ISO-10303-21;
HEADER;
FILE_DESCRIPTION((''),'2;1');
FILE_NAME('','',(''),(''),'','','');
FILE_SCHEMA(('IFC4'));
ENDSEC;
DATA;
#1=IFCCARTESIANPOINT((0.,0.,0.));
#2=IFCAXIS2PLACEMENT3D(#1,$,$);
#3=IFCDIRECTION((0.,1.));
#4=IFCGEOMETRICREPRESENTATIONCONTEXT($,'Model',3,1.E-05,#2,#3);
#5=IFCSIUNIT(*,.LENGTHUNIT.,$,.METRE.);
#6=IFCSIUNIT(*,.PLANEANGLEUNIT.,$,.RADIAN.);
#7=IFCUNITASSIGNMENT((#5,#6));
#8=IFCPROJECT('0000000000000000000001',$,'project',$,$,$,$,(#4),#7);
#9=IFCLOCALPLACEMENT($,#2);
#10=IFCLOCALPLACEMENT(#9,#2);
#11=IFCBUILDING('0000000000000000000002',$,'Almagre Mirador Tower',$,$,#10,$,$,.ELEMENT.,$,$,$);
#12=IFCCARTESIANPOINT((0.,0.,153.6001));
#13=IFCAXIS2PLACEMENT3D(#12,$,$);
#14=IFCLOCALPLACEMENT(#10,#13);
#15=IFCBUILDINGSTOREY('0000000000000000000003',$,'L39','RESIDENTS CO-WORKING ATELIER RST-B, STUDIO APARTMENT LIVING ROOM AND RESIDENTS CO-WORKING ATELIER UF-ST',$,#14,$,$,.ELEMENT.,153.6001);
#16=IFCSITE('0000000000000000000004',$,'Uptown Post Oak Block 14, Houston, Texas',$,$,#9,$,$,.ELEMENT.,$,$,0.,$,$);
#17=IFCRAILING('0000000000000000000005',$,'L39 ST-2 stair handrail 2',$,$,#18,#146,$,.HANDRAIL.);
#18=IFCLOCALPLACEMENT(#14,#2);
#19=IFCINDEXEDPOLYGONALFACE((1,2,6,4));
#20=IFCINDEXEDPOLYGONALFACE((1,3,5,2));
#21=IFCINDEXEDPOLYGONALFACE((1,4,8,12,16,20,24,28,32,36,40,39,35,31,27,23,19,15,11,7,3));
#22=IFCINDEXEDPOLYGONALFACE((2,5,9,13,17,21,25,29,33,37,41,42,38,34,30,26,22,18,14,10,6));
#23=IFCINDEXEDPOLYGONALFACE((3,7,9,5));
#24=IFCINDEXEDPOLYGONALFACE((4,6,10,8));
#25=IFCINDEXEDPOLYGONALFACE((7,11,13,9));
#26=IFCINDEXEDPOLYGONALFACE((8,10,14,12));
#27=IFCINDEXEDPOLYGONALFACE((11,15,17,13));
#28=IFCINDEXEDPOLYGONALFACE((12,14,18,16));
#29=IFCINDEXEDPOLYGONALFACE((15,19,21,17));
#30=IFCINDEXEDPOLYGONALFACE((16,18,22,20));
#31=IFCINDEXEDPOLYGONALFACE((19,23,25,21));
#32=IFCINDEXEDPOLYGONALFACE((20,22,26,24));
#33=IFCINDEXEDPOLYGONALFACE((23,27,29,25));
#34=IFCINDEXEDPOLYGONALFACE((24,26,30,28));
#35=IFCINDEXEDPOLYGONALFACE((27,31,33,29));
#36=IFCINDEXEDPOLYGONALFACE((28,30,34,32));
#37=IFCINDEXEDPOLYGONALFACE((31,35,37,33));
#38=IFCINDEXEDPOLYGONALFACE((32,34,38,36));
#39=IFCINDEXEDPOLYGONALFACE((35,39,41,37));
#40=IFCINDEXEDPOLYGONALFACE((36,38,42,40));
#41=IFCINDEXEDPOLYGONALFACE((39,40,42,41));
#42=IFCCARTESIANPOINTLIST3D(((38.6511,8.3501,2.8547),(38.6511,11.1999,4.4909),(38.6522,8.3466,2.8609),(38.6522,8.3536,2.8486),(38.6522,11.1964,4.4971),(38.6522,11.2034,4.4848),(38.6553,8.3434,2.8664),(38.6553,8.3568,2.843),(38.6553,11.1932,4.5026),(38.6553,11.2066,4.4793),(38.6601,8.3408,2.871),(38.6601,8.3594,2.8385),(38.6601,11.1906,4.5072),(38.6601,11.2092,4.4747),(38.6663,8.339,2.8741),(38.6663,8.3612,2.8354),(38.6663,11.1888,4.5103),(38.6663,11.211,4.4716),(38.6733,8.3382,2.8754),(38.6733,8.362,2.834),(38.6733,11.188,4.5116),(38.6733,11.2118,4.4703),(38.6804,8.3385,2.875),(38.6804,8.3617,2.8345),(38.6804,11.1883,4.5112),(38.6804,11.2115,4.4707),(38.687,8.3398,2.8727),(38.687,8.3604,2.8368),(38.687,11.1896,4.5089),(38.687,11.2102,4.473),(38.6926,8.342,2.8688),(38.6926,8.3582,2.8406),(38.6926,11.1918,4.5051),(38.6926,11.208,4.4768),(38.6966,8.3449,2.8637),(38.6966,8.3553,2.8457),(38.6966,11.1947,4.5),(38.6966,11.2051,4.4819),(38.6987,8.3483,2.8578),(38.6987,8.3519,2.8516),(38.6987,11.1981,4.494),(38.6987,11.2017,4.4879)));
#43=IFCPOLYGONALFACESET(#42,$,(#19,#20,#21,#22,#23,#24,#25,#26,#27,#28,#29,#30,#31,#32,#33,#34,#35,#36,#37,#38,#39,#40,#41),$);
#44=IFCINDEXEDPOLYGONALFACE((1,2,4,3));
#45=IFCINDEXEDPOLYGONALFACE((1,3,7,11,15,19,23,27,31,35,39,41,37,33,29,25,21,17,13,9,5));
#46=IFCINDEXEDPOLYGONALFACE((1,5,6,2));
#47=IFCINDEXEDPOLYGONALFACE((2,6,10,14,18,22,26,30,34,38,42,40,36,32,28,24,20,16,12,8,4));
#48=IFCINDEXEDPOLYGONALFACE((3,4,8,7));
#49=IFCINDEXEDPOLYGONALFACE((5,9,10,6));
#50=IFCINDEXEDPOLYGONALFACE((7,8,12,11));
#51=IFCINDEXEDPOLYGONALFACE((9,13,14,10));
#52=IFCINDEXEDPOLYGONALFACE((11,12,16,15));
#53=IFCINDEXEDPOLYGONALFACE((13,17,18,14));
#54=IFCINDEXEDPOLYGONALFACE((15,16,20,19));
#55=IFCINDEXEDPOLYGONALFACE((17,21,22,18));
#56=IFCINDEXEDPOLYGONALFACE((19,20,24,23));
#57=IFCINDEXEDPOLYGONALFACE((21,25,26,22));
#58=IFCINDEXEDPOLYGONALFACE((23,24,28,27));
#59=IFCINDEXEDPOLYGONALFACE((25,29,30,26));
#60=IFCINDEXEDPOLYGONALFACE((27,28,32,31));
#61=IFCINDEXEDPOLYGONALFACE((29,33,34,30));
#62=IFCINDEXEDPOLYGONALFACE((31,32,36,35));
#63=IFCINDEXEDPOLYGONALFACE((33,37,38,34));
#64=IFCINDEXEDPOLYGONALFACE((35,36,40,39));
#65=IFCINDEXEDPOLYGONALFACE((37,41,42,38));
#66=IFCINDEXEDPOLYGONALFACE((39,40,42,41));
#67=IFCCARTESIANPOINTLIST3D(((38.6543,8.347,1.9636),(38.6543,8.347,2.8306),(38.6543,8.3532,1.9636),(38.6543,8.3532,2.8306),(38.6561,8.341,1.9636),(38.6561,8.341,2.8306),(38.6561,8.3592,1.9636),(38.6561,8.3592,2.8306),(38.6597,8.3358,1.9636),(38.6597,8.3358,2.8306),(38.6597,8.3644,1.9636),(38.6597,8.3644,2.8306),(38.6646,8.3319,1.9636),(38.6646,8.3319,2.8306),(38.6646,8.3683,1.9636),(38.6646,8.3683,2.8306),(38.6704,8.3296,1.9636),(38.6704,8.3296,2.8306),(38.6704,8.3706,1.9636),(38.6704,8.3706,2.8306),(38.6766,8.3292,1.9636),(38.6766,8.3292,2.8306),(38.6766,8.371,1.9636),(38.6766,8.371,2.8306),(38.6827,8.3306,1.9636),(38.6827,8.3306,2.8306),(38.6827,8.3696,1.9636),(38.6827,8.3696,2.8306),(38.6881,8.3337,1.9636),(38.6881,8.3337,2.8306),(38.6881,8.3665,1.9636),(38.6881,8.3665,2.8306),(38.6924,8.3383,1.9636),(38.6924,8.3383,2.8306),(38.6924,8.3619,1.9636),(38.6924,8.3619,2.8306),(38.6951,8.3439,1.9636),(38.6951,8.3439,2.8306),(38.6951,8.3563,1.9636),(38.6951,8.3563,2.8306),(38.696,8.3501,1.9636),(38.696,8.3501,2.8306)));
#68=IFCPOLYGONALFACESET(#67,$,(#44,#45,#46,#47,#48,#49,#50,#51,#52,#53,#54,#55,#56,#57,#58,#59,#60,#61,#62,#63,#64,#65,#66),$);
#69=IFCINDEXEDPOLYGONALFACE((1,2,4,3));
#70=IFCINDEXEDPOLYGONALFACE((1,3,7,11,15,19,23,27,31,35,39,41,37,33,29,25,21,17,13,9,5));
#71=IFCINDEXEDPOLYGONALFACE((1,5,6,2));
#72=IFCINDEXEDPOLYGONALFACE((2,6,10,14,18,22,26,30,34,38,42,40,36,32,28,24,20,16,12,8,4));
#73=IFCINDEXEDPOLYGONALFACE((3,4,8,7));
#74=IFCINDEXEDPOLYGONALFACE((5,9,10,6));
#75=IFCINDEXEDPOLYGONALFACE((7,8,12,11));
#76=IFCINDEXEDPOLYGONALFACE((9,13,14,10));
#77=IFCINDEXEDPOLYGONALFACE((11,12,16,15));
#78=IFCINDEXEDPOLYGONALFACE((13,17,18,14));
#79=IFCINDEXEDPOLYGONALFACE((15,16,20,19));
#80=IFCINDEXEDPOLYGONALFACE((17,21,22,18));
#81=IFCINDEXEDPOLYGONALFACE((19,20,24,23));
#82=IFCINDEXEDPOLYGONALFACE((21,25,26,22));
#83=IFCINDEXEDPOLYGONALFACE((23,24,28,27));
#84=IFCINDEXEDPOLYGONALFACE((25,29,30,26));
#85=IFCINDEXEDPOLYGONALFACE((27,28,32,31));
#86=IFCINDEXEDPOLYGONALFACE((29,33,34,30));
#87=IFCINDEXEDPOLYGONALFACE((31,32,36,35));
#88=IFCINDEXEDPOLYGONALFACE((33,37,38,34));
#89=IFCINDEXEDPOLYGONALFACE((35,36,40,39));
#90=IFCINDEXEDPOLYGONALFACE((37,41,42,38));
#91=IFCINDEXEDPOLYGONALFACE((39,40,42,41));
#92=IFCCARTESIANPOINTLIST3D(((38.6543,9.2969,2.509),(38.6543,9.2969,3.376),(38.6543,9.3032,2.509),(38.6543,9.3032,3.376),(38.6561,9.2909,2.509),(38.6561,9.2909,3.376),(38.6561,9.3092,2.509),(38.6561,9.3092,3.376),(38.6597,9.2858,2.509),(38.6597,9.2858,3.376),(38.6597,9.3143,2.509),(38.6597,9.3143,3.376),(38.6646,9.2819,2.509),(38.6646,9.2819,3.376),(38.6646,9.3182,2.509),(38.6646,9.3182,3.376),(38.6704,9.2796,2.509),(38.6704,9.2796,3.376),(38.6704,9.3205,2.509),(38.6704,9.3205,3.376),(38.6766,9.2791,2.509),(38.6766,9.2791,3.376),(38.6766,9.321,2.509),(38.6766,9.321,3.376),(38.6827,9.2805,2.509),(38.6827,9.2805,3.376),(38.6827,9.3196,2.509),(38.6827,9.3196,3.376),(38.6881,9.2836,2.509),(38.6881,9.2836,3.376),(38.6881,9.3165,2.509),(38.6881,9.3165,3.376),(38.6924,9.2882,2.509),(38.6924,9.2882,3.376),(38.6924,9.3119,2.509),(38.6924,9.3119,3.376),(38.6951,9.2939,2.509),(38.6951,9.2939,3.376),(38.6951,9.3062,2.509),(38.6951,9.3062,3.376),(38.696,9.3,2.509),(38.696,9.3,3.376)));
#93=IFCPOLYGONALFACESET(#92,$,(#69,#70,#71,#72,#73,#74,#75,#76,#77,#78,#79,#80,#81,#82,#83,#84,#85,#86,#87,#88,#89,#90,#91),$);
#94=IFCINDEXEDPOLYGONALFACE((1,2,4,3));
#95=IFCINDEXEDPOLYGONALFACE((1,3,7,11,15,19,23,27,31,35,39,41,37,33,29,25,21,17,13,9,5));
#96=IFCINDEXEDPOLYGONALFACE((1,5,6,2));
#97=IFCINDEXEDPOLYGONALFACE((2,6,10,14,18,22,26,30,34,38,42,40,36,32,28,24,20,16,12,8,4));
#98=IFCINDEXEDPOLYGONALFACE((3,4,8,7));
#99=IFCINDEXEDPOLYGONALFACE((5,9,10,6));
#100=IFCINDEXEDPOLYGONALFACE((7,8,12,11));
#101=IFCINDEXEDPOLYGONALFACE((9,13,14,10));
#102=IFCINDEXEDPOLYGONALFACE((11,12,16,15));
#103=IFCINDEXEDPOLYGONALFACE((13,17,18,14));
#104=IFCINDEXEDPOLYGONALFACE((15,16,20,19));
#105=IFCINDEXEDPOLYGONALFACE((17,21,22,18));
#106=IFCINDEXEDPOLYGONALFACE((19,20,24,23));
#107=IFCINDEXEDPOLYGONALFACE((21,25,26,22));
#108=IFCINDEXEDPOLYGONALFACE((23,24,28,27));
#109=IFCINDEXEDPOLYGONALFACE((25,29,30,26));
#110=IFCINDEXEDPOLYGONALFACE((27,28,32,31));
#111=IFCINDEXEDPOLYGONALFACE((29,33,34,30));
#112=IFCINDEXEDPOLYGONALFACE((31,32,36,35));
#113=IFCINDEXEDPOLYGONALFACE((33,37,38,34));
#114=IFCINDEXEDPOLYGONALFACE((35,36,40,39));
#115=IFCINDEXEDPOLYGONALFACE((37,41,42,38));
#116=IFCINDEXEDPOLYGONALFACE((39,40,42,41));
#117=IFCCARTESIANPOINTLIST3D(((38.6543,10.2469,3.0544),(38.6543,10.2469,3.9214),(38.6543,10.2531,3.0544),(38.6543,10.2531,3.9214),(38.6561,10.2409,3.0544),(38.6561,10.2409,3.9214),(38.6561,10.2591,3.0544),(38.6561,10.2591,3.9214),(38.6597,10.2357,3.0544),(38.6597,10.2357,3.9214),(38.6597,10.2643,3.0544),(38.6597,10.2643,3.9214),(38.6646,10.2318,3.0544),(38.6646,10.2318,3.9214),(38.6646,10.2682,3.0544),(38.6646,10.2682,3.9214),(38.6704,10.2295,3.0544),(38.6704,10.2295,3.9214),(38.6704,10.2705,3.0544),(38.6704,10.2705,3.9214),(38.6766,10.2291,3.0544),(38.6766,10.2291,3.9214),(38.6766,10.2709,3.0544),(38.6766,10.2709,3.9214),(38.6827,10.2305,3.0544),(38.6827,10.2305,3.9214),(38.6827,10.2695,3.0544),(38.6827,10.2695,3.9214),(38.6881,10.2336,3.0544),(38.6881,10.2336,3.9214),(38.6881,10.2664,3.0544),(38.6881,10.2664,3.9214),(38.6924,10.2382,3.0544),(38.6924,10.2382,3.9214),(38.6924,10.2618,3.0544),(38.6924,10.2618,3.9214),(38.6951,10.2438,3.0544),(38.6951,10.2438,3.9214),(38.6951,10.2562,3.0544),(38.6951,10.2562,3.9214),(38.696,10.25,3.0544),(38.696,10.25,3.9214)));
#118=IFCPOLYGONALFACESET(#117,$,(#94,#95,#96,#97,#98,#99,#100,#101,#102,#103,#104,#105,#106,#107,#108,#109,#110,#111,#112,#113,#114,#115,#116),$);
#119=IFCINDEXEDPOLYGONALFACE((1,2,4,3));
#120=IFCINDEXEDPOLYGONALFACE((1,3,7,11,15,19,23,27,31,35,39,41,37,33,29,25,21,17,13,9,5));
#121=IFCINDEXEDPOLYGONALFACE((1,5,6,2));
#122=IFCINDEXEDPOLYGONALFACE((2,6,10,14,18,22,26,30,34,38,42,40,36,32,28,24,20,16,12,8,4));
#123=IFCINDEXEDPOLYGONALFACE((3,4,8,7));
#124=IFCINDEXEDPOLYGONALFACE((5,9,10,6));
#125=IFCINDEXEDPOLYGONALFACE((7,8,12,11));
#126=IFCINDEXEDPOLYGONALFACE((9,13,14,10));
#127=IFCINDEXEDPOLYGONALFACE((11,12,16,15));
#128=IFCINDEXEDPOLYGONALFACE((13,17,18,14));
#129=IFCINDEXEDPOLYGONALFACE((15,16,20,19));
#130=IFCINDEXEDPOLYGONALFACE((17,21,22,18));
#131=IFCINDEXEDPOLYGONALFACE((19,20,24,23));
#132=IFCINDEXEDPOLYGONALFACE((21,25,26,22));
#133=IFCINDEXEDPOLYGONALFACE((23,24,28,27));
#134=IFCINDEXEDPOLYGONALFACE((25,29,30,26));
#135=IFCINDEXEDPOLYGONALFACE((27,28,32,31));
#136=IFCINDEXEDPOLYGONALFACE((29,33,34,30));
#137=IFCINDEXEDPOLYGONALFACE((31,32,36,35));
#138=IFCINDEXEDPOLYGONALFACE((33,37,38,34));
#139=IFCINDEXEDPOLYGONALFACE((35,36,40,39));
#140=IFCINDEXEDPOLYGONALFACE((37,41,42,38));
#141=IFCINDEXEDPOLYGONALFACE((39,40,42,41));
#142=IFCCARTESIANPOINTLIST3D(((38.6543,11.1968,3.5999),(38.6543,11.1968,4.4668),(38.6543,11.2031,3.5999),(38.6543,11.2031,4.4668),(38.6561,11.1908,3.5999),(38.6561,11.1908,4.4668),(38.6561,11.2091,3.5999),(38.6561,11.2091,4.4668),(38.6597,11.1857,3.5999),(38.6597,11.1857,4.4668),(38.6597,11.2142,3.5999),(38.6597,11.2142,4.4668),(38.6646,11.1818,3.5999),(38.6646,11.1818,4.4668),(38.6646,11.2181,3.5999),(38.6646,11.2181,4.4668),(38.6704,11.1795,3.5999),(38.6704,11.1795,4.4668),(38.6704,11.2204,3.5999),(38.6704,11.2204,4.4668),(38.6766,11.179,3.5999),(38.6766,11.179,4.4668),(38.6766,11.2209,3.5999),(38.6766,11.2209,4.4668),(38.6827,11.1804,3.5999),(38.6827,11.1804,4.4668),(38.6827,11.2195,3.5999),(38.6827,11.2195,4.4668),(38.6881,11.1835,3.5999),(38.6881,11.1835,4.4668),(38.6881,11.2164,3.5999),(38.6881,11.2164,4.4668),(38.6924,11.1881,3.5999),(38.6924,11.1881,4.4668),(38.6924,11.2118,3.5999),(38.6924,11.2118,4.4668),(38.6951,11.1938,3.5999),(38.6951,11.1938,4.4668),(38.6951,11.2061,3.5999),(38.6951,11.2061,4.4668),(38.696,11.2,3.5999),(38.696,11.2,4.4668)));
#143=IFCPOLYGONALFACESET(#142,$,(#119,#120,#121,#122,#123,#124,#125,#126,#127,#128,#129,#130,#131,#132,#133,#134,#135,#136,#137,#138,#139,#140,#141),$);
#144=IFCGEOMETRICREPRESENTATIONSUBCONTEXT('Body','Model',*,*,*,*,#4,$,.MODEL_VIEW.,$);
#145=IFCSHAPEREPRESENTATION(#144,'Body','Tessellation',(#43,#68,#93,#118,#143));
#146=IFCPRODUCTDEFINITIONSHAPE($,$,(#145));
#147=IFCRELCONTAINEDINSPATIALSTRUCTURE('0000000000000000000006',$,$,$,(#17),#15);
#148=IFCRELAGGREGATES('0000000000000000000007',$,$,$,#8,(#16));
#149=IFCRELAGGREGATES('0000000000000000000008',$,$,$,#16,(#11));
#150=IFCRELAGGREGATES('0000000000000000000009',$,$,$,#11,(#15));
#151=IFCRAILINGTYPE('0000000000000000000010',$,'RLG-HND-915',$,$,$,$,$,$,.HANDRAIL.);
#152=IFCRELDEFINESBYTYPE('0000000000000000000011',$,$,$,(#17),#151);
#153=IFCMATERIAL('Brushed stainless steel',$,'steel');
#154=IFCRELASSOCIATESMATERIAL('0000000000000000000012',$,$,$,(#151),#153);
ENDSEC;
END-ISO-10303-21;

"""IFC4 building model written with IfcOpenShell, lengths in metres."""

from ifc_helpers import new_model, si_unit, direction, frame, origin, origin_2d, place, context, subcontext, project, spatial, circle, extrude, material, type_object, element, save


model = new_model("IFC4")

# Units and contexts
model_context = context("Model", 3, precision=1e-05, world=origin(), true_north=direction((0.0, 1.0)))
body_context = subcontext(model_context, "Body", "Model", "MODEL_VIEW")
ifc_project = project(units=[si_unit("LENGTHUNIT", "METRE"), si_unit("PLANEANGLEUNIT", "RADIAN")], contexts=[model_context])

# Site, building, storey
site_placement = place(None, origin())
site = spatial("IfcSite", under=ifc_project, at=site_placement, Name="Uptown Post Oak Block 14, Houston, Texas", CompositionType="ELEMENT", RefElevation=0.0)
building_placement = place(site_placement, origin())
building = spatial("IfcBuilding", under=site, at=building_placement, Name="Almagre Mirador Tower", CompositionType="ELEMENT")
storey_placement = place(building_placement, frame((0.0, 0.0, 153.6001)))
storey = spatial("IfcBuildingStorey", under=building, at=storey_placement, Name="L39", Description="RESIDENTS CO-WORKING ATELIER RST-B, STUDIO APARTMENT LIVING ROOM AND RESIDENTS CO-WORKING ATELIER UF-ST", CompositionType="ELEMENT", Elevation=153.6001)

# Railing
ifc_material_1 = material(Name="Brushed stainless steel", Category="steel")
railing_type_1 = type_object("IfcRailingType", Name="RLG-HND-915", PredefinedType="HANDRAIL", material=ifc_material_1)
railing_1_placement = place(storey_placement, frame((38.675, 8.3501, 1.9636)))
element("IfcRailing", 1, at=railing_1_placement, inside=storey, type_object=railing_type_1, Name="L39 ST-2 stair handrail 2", PredefinedType="HANDRAIL", context=body_context, shape_type="SweptSolid", body=[
    extrude(circle(Radius=0.0239, at=origin_2d()), frame((0.0, 0.0, 0.8911), z_axis=(0.0, 0.867226, 0.497914), x_axis=(-1.0, 0.0, 0.0)), (0.0, 0.0, 1.0), 3.2861),
    extrude(circle(Radius=0.021, at=origin_2d()), origin(), (0.0, 0.0, 1.0), 0.8669),
    extrude(circle(Radius=0.021, at=origin_2d()), frame((0.0, 0.95, 0.5454)), (0.0, 0.0, 1.0), 0.8669),
    extrude(circle(Radius=0.021, at=origin_2d()), frame((0.0, 1.8999, 1.0908)), (0.0, 0.0, 1.0), 0.8669),
    extrude(circle(Radius=0.021, at=origin_2d()), frame((0.0, 2.8499, 1.6362)), (0.0, 0.0, 1.0), 0.8669),
])

save(model, "model.ifc")
